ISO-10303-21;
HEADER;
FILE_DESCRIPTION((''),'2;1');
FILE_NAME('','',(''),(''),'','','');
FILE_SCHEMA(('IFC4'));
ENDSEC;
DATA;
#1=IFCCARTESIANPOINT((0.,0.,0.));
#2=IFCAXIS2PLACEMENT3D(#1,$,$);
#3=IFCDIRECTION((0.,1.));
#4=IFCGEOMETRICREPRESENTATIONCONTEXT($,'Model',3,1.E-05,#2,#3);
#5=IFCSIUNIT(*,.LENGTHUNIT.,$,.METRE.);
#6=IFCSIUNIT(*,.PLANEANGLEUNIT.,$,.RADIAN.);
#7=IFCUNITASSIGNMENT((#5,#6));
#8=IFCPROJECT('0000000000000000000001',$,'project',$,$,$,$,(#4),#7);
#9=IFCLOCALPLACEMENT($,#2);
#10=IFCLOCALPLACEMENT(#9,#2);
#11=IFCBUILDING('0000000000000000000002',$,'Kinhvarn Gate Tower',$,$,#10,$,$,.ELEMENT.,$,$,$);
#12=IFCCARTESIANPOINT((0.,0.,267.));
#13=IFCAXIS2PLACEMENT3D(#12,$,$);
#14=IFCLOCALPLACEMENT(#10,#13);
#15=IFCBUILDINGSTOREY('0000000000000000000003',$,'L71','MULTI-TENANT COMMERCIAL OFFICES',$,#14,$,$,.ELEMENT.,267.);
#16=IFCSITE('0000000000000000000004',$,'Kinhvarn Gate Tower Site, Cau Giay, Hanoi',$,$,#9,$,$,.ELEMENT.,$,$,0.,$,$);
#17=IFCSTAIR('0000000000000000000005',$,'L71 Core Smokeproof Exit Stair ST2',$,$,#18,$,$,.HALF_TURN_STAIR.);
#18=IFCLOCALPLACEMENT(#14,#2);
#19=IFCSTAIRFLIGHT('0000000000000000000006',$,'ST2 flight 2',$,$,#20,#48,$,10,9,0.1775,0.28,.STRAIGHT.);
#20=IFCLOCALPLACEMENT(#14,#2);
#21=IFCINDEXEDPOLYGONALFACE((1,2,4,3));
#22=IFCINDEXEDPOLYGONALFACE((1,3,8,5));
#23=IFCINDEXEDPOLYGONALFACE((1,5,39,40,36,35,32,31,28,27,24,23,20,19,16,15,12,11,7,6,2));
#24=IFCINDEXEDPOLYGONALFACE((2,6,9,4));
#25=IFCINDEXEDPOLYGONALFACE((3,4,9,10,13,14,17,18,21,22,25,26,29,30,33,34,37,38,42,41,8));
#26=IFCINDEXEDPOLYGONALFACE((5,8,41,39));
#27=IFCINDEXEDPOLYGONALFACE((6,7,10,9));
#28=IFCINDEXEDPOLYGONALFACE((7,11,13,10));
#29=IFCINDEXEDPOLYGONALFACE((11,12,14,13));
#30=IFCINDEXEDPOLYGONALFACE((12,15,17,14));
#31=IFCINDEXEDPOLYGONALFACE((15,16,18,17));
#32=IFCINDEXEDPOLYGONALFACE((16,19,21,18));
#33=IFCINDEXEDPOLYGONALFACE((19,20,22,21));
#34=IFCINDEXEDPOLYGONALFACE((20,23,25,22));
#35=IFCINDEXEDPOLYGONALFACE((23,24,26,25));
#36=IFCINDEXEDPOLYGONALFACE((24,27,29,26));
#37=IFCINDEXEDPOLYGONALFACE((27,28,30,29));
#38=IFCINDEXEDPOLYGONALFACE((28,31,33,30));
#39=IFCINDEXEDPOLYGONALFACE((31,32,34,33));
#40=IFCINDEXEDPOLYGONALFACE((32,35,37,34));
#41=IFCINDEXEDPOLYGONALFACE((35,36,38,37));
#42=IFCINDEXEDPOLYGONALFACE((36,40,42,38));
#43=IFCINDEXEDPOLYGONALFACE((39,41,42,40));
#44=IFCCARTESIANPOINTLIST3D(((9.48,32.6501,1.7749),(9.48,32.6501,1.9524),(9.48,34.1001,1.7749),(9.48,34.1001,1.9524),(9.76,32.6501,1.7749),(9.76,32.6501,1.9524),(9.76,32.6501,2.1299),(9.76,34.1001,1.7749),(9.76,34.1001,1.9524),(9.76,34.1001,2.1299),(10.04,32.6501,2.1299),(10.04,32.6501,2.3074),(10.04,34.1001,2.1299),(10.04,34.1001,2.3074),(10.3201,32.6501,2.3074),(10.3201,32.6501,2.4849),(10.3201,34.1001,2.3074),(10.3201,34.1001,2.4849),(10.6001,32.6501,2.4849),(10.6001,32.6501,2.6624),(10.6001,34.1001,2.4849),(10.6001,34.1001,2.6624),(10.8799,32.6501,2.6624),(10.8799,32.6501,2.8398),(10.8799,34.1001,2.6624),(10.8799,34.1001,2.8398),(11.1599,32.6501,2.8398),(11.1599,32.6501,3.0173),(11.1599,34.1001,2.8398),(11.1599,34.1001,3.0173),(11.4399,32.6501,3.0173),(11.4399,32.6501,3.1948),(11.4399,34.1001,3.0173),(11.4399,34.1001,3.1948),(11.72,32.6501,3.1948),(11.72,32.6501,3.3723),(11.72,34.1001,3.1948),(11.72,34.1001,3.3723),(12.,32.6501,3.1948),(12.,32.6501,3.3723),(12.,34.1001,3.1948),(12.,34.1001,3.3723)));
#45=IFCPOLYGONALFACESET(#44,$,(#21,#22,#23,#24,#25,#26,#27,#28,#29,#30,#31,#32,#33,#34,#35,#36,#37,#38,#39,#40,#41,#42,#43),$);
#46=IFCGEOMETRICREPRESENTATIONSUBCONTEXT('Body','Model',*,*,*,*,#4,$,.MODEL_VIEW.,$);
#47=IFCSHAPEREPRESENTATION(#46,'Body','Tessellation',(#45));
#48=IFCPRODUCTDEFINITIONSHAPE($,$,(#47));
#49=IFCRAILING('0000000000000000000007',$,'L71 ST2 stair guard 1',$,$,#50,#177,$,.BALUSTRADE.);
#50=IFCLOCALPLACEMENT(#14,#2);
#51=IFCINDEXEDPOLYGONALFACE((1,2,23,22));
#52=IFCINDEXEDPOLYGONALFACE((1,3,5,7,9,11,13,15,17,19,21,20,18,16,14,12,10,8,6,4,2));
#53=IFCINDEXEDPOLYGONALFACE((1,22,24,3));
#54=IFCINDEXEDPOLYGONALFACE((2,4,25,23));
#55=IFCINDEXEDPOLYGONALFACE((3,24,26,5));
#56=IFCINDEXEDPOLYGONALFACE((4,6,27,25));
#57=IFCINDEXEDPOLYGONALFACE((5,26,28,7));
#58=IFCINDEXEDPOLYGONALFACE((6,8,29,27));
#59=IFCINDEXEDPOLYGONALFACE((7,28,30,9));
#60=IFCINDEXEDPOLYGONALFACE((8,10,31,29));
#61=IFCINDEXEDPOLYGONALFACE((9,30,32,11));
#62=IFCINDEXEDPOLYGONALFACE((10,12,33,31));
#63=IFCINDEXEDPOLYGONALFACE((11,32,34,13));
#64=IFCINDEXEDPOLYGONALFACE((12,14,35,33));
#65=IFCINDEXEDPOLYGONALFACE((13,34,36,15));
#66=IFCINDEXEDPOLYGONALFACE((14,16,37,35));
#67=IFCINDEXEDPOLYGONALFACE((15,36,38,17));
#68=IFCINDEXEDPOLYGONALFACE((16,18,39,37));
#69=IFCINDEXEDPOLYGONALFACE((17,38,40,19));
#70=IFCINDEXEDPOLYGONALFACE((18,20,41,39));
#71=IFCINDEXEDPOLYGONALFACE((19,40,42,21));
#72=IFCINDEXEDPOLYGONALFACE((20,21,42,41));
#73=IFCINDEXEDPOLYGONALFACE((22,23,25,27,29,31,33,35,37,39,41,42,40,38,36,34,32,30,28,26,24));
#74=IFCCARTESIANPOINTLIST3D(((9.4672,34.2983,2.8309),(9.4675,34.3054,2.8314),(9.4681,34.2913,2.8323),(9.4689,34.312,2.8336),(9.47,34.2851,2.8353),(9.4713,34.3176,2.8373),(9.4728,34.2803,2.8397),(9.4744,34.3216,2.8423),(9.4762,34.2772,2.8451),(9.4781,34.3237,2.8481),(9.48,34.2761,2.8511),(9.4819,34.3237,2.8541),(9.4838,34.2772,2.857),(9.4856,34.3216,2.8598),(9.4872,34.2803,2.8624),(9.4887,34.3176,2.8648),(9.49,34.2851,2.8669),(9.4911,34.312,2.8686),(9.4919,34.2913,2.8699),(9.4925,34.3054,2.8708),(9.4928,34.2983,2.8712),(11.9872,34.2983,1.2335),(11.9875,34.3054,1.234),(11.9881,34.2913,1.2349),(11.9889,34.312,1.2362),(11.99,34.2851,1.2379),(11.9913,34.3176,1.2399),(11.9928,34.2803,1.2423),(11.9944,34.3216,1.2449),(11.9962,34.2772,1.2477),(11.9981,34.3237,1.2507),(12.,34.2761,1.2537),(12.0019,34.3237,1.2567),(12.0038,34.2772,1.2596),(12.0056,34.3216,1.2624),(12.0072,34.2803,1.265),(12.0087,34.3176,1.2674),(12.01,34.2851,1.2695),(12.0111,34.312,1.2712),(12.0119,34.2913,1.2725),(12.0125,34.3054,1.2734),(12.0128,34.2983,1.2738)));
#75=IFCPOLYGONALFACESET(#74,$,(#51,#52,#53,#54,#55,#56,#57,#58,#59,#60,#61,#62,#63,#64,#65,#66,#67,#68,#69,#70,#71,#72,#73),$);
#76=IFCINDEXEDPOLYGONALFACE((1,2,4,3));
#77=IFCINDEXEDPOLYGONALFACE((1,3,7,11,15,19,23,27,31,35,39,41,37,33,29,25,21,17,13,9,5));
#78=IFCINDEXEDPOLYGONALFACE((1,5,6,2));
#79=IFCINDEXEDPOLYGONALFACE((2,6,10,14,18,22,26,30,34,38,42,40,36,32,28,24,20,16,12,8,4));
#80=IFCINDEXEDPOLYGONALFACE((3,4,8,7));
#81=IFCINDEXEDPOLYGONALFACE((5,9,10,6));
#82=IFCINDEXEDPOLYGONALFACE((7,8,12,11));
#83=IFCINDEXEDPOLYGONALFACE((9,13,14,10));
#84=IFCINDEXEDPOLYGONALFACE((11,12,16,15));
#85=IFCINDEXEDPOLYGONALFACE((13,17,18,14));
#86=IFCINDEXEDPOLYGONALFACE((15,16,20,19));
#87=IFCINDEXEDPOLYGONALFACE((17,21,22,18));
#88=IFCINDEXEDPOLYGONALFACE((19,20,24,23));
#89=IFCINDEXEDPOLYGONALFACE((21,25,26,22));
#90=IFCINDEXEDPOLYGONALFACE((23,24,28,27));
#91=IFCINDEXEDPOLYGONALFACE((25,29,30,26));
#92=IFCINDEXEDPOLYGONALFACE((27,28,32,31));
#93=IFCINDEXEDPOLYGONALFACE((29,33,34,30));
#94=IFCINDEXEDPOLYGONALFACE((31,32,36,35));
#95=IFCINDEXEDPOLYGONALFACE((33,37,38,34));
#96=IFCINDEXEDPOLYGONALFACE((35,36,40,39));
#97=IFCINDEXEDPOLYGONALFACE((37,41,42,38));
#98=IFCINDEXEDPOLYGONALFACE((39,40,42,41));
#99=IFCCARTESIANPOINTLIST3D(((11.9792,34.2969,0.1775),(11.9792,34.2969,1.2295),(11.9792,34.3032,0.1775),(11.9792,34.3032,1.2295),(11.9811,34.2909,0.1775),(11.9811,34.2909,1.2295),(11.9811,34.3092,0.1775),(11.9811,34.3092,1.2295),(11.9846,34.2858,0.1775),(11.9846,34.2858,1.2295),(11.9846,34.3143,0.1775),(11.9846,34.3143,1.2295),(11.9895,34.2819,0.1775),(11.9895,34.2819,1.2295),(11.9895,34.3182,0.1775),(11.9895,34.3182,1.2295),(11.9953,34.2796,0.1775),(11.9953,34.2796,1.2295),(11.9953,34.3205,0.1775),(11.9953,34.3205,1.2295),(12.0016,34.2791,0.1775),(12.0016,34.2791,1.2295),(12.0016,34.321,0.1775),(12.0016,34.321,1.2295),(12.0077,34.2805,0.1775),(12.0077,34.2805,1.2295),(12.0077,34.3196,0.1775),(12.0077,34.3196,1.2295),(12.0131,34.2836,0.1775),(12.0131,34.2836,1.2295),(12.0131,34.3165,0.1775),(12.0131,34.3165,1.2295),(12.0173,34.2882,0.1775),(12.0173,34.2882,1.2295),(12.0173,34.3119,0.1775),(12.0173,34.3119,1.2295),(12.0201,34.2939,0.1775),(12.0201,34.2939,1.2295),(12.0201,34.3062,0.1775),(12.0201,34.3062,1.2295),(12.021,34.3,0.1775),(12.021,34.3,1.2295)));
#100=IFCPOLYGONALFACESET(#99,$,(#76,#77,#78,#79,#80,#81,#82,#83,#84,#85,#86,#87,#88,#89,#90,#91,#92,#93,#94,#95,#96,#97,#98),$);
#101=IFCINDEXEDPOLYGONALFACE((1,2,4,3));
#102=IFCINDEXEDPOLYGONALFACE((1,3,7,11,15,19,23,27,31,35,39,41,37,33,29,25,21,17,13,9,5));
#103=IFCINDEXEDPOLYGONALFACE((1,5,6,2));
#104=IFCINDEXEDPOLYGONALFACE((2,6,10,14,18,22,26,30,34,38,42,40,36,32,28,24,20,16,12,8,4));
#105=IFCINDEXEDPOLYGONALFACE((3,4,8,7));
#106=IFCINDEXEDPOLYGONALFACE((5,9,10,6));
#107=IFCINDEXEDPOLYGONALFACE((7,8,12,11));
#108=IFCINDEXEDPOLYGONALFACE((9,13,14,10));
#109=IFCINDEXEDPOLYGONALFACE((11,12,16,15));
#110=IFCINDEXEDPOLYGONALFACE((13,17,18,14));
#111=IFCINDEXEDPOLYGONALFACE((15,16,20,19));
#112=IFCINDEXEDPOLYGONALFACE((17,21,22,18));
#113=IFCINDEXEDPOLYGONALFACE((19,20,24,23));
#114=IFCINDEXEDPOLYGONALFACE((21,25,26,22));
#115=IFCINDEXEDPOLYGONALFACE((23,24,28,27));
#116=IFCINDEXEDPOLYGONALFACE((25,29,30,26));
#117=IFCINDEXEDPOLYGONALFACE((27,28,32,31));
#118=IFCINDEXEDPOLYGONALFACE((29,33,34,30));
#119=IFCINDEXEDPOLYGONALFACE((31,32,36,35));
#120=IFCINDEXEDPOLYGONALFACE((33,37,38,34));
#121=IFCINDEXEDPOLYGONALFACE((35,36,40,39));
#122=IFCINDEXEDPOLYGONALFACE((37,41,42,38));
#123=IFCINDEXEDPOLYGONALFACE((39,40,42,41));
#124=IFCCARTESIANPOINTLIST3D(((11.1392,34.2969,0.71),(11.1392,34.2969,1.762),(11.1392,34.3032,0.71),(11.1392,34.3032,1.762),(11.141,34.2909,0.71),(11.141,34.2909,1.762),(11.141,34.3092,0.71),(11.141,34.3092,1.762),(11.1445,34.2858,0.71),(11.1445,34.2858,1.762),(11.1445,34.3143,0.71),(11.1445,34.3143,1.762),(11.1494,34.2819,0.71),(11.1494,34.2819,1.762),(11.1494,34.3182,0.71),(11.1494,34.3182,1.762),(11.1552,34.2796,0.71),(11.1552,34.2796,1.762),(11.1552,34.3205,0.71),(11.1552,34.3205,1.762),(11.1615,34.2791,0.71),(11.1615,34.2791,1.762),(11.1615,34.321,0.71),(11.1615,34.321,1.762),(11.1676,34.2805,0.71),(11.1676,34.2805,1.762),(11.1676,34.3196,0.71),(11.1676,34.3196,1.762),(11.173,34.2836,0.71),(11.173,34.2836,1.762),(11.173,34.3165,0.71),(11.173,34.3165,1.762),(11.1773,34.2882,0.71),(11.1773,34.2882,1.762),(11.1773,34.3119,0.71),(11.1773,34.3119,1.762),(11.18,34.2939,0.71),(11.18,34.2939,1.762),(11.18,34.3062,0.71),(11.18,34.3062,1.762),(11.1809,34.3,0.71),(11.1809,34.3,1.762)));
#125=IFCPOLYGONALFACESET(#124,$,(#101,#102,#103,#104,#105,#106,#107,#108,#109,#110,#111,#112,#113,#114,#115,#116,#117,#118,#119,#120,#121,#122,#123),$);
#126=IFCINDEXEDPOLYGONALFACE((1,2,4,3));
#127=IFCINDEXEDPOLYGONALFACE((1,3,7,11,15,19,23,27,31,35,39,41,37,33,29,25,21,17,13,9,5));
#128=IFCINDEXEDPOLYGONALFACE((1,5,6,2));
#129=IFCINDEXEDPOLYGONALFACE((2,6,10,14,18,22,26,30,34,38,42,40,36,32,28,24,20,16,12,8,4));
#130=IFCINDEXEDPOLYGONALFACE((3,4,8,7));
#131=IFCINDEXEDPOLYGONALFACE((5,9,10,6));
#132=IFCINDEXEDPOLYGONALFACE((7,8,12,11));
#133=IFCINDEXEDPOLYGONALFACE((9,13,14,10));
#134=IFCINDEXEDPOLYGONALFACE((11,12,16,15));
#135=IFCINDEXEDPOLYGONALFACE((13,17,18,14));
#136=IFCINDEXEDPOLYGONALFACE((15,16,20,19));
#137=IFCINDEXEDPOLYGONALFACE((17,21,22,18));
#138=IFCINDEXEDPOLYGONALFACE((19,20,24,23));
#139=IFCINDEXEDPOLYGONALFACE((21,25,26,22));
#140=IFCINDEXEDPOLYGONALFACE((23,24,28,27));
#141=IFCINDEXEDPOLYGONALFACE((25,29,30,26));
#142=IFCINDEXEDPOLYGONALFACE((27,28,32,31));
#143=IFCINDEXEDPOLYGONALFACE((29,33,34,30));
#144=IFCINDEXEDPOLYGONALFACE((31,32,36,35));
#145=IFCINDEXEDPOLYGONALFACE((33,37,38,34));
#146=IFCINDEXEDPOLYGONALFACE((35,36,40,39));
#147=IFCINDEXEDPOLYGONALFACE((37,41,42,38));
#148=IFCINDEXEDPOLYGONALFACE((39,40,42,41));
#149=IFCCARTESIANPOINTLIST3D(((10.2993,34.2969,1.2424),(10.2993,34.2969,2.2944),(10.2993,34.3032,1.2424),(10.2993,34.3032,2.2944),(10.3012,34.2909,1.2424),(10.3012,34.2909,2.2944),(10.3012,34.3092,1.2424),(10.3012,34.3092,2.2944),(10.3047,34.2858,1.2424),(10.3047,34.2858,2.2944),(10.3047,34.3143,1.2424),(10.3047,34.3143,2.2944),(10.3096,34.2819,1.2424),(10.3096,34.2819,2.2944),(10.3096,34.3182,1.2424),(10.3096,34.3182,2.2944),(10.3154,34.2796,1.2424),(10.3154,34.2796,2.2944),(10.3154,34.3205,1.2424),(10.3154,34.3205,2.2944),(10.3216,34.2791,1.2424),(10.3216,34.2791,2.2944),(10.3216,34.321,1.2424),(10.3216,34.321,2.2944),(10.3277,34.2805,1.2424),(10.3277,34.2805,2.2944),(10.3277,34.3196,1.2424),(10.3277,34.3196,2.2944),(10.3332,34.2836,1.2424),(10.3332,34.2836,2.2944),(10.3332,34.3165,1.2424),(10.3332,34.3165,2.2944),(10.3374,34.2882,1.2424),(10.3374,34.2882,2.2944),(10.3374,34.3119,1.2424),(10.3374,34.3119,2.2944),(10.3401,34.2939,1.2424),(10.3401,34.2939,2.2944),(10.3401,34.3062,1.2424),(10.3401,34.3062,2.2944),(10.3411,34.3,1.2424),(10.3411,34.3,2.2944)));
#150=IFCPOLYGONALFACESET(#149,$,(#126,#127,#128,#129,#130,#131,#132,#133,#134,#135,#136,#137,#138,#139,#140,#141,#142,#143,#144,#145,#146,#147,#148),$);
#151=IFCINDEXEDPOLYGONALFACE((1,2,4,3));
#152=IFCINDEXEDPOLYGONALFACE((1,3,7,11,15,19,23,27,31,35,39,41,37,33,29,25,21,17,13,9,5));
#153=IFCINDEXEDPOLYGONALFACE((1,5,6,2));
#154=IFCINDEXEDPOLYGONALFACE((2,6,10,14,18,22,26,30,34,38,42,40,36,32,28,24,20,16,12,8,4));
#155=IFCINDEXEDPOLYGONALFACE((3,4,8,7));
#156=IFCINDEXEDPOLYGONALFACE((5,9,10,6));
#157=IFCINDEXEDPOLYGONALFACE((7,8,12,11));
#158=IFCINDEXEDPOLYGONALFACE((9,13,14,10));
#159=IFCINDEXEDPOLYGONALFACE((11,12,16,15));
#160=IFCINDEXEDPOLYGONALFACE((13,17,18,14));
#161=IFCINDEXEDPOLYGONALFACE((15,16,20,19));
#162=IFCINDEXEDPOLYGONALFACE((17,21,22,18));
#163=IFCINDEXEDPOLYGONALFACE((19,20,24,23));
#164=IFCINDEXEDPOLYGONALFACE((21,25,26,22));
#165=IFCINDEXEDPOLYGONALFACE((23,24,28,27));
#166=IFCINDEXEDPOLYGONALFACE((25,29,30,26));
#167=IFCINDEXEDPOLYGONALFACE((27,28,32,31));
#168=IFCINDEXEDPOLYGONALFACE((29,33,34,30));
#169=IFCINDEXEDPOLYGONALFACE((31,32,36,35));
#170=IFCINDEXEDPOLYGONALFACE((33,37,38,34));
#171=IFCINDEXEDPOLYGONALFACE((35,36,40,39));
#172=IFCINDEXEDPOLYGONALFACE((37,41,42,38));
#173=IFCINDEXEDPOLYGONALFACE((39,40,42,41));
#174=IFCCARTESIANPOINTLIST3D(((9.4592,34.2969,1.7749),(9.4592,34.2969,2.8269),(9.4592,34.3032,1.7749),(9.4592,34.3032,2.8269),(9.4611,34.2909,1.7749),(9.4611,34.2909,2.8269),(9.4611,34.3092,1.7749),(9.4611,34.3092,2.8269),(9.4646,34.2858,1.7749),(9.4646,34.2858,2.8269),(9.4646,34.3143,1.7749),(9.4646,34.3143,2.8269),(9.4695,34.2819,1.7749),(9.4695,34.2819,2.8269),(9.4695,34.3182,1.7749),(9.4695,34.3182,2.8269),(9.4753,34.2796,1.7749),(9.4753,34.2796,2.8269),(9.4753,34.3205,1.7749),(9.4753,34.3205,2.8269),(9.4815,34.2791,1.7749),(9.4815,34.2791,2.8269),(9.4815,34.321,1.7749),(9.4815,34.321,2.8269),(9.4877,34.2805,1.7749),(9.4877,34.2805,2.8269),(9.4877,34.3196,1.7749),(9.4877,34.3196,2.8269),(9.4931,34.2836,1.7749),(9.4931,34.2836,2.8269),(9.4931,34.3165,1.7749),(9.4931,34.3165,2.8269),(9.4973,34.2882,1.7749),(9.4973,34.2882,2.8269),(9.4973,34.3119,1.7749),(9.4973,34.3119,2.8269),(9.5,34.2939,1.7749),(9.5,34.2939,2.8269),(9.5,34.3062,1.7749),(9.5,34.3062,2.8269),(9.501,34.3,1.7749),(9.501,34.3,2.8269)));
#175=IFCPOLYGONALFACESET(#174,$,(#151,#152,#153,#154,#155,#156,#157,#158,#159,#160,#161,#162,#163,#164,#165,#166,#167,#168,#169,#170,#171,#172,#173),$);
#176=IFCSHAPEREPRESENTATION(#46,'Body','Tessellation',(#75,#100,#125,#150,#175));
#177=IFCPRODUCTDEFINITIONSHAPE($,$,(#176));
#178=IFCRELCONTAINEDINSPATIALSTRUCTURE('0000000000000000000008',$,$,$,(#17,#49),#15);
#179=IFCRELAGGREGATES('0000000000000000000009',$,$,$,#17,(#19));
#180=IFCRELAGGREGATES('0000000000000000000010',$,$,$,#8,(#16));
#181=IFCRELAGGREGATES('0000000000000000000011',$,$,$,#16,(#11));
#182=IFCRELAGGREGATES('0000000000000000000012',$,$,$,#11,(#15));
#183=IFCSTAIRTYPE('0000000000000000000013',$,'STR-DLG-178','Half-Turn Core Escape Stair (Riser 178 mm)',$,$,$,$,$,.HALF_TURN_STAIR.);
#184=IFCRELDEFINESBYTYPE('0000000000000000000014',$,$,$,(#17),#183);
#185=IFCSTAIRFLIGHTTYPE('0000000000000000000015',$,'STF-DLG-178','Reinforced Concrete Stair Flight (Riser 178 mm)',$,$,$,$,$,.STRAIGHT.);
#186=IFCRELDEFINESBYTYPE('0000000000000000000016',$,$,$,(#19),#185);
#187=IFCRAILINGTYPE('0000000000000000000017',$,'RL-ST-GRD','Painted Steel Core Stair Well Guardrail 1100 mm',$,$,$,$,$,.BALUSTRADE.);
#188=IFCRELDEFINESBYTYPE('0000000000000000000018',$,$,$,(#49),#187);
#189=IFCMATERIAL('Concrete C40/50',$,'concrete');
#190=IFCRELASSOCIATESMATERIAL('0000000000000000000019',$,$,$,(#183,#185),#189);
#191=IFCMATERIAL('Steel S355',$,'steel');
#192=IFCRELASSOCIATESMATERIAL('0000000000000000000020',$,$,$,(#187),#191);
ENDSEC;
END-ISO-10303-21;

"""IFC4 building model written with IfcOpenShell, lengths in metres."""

from ifc_helpers import new_model, si_unit, direction, frame, origin, origin_2d, place, context, subcontext, project, spatial, polyline, circle, outline, extrude, material, type_object, element, aggregate, save


model = new_model("IFC4")

# Units and contexts
model_context = context("Model", 3, precision=1e-05, world=origin(), true_north=direction((0.0, 1.0)))
body_context = subcontext(model_context, "Body", "Model", "MODEL_VIEW")
ifc_project = project(units=[si_unit("LENGTHUNIT", "METRE"), si_unit("PLANEANGLEUNIT", "RADIAN")], contexts=[model_context])

# Site, building, storey
site_placement = place(None, origin())
site = spatial("IfcSite", under=ifc_project, at=site_placement, Name="Kinhvarn Gate Tower Site, Cau Giay, Hanoi", CompositionType="ELEMENT", RefElevation=0.0)
building_placement = place(site_placement, origin())
building = spatial("IfcBuilding", under=site, at=building_placement, Name="Kinhvarn Gate Tower", CompositionType="ELEMENT")
storey_placement = place(building_placement, frame((0.0, 0.0, 267.0)))
storey = spatial("IfcBuildingStorey", under=building, at=storey_placement, Name="L71", Description="MULTI-TENANT COMMERCIAL OFFICES", CompositionType="ELEMENT", Elevation=267.0)

# Shared definitions
ifc_material_1 = material(Name="Concrete C40/50", Category="concrete")

# Stair, stair flight
stair_type = type_object("IfcStairType", Name="STR-DLG-178", Description="Half-Turn Core Escape Stair (Riser 178 mm)", PredefinedType="HALF_TURN_STAIR", material=ifc_material_1)
stair_placement = place(storey_placement, origin())
stair = element("IfcStair", 1, at=stair_placement, inside=storey, type_object=stair_type, Name="L71 Core Smokeproof Exit Stair ST2", PredefinedType="HALF_TURN_STAIR")
stair_flight_type = type_object("IfcStairFlightType", Name="STF-DLG-178", Description="Reinforced Concrete Stair Flight (Riser 178 mm)", PredefinedType="STRAIGHT", material=ifc_material_1)
stair_flight_1_placement = place(storey_placement, frame((9.48, 33.375, 1.7749), z_axis=(0.0, 0.0, 1.0), x_axis=(1.0, 0.0, 0.0)))
stair_flight_1 = element("IfcStairFlight", 2, at=stair_flight_1_placement, type_object=stair_flight_type, Name="ST2 flight 2", NumberOfRisers=10, NumberOfTreads=9, PredefinedType="STRAIGHT", RiserHeight=0.1775, TreadLength=0.28, context=body_context, shape_type="SweptSolid", body=[
    extrude(outline(polyline([(0.0, 0.0), (0.0, 0.1775), (0.28, 0.1775), (0.28, 0.355), (0.5601, 0.355), (0.5601, 0.5325), (0.8401, 0.5325), (0.8401, 0.71), (1.1201, 0.71), (1.1201, 0.8875), (1.3999, 0.8875), (1.3999, 1.0649), (1.6799, 1.0649), (1.6799, 1.2424), (1.96, 1.2424), (1.96, 1.4199), (2.24, 1.4199), (2.24, 1.5974), (2.52, 1.5974), (2.52, 1.7749), (2.52, 1.4199), (0.28, 0.0), (0.0, 0.0)])), frame((0.0, 0.7251, 0.0), z_axis=(0.0, -1.0, 0.0), x_axis=(1.0, 0.0, 0.0)), (0.0, 0.0, 1.0), 1.45),
])
aggregate(stair, [stair_flight_1])

# Railing
ifc_material_2 = material(Name="Steel S355", Category="steel")
railing_type_1 = type_object("IfcRailingType", Name="RL-ST-GRD", Description="Painted Steel Core Stair Well Guardrail 1100 mm", PredefinedType="BALUSTRADE", material=ifc_material_2)
railing_1_placement = place(storey_placement, frame((12.0, 34.3, 0.1775)))
element("IfcRailing", 3, at=railing_1_placement, inside=storey, type_object=railing_type_1, Name="L71 ST2 stair guard 1", PredefinedType="BALUSTRADE", context=body_context, shape_type="SweptSolid", body=[
    extrude(circle(Radius=0.0239, at=origin_2d()), frame((0.0, 0.0, 1.0762), z_axis=(-0.844607, 0.0, 0.535387), x_axis=(0.0, -1.0, 0.0)), (0.0, 0.0, 1.0), 2.9836),
    extrude(circle(Radius=0.021, at=origin_2d()), origin(), (0.0, 0.0, 1.0), 1.052),
    extrude(circle(Radius=0.021, at=origin_2d()), frame((-0.8401, 0.0, 0.5325)), (0.0, 0.0, 1.0), 1.052),
    extrude(circle(Radius=0.021, at=origin_2d()), frame((-1.6799, 0.0, 1.0649)), (0.0, 0.0, 1.0), 1.052),
    extrude(circle(Radius=0.021, at=origin_2d()), frame((-2.52, 0.0, 1.5974)), (0.0, 0.0, 1.0), 1.052),
])

save(model, "model.ifc")
